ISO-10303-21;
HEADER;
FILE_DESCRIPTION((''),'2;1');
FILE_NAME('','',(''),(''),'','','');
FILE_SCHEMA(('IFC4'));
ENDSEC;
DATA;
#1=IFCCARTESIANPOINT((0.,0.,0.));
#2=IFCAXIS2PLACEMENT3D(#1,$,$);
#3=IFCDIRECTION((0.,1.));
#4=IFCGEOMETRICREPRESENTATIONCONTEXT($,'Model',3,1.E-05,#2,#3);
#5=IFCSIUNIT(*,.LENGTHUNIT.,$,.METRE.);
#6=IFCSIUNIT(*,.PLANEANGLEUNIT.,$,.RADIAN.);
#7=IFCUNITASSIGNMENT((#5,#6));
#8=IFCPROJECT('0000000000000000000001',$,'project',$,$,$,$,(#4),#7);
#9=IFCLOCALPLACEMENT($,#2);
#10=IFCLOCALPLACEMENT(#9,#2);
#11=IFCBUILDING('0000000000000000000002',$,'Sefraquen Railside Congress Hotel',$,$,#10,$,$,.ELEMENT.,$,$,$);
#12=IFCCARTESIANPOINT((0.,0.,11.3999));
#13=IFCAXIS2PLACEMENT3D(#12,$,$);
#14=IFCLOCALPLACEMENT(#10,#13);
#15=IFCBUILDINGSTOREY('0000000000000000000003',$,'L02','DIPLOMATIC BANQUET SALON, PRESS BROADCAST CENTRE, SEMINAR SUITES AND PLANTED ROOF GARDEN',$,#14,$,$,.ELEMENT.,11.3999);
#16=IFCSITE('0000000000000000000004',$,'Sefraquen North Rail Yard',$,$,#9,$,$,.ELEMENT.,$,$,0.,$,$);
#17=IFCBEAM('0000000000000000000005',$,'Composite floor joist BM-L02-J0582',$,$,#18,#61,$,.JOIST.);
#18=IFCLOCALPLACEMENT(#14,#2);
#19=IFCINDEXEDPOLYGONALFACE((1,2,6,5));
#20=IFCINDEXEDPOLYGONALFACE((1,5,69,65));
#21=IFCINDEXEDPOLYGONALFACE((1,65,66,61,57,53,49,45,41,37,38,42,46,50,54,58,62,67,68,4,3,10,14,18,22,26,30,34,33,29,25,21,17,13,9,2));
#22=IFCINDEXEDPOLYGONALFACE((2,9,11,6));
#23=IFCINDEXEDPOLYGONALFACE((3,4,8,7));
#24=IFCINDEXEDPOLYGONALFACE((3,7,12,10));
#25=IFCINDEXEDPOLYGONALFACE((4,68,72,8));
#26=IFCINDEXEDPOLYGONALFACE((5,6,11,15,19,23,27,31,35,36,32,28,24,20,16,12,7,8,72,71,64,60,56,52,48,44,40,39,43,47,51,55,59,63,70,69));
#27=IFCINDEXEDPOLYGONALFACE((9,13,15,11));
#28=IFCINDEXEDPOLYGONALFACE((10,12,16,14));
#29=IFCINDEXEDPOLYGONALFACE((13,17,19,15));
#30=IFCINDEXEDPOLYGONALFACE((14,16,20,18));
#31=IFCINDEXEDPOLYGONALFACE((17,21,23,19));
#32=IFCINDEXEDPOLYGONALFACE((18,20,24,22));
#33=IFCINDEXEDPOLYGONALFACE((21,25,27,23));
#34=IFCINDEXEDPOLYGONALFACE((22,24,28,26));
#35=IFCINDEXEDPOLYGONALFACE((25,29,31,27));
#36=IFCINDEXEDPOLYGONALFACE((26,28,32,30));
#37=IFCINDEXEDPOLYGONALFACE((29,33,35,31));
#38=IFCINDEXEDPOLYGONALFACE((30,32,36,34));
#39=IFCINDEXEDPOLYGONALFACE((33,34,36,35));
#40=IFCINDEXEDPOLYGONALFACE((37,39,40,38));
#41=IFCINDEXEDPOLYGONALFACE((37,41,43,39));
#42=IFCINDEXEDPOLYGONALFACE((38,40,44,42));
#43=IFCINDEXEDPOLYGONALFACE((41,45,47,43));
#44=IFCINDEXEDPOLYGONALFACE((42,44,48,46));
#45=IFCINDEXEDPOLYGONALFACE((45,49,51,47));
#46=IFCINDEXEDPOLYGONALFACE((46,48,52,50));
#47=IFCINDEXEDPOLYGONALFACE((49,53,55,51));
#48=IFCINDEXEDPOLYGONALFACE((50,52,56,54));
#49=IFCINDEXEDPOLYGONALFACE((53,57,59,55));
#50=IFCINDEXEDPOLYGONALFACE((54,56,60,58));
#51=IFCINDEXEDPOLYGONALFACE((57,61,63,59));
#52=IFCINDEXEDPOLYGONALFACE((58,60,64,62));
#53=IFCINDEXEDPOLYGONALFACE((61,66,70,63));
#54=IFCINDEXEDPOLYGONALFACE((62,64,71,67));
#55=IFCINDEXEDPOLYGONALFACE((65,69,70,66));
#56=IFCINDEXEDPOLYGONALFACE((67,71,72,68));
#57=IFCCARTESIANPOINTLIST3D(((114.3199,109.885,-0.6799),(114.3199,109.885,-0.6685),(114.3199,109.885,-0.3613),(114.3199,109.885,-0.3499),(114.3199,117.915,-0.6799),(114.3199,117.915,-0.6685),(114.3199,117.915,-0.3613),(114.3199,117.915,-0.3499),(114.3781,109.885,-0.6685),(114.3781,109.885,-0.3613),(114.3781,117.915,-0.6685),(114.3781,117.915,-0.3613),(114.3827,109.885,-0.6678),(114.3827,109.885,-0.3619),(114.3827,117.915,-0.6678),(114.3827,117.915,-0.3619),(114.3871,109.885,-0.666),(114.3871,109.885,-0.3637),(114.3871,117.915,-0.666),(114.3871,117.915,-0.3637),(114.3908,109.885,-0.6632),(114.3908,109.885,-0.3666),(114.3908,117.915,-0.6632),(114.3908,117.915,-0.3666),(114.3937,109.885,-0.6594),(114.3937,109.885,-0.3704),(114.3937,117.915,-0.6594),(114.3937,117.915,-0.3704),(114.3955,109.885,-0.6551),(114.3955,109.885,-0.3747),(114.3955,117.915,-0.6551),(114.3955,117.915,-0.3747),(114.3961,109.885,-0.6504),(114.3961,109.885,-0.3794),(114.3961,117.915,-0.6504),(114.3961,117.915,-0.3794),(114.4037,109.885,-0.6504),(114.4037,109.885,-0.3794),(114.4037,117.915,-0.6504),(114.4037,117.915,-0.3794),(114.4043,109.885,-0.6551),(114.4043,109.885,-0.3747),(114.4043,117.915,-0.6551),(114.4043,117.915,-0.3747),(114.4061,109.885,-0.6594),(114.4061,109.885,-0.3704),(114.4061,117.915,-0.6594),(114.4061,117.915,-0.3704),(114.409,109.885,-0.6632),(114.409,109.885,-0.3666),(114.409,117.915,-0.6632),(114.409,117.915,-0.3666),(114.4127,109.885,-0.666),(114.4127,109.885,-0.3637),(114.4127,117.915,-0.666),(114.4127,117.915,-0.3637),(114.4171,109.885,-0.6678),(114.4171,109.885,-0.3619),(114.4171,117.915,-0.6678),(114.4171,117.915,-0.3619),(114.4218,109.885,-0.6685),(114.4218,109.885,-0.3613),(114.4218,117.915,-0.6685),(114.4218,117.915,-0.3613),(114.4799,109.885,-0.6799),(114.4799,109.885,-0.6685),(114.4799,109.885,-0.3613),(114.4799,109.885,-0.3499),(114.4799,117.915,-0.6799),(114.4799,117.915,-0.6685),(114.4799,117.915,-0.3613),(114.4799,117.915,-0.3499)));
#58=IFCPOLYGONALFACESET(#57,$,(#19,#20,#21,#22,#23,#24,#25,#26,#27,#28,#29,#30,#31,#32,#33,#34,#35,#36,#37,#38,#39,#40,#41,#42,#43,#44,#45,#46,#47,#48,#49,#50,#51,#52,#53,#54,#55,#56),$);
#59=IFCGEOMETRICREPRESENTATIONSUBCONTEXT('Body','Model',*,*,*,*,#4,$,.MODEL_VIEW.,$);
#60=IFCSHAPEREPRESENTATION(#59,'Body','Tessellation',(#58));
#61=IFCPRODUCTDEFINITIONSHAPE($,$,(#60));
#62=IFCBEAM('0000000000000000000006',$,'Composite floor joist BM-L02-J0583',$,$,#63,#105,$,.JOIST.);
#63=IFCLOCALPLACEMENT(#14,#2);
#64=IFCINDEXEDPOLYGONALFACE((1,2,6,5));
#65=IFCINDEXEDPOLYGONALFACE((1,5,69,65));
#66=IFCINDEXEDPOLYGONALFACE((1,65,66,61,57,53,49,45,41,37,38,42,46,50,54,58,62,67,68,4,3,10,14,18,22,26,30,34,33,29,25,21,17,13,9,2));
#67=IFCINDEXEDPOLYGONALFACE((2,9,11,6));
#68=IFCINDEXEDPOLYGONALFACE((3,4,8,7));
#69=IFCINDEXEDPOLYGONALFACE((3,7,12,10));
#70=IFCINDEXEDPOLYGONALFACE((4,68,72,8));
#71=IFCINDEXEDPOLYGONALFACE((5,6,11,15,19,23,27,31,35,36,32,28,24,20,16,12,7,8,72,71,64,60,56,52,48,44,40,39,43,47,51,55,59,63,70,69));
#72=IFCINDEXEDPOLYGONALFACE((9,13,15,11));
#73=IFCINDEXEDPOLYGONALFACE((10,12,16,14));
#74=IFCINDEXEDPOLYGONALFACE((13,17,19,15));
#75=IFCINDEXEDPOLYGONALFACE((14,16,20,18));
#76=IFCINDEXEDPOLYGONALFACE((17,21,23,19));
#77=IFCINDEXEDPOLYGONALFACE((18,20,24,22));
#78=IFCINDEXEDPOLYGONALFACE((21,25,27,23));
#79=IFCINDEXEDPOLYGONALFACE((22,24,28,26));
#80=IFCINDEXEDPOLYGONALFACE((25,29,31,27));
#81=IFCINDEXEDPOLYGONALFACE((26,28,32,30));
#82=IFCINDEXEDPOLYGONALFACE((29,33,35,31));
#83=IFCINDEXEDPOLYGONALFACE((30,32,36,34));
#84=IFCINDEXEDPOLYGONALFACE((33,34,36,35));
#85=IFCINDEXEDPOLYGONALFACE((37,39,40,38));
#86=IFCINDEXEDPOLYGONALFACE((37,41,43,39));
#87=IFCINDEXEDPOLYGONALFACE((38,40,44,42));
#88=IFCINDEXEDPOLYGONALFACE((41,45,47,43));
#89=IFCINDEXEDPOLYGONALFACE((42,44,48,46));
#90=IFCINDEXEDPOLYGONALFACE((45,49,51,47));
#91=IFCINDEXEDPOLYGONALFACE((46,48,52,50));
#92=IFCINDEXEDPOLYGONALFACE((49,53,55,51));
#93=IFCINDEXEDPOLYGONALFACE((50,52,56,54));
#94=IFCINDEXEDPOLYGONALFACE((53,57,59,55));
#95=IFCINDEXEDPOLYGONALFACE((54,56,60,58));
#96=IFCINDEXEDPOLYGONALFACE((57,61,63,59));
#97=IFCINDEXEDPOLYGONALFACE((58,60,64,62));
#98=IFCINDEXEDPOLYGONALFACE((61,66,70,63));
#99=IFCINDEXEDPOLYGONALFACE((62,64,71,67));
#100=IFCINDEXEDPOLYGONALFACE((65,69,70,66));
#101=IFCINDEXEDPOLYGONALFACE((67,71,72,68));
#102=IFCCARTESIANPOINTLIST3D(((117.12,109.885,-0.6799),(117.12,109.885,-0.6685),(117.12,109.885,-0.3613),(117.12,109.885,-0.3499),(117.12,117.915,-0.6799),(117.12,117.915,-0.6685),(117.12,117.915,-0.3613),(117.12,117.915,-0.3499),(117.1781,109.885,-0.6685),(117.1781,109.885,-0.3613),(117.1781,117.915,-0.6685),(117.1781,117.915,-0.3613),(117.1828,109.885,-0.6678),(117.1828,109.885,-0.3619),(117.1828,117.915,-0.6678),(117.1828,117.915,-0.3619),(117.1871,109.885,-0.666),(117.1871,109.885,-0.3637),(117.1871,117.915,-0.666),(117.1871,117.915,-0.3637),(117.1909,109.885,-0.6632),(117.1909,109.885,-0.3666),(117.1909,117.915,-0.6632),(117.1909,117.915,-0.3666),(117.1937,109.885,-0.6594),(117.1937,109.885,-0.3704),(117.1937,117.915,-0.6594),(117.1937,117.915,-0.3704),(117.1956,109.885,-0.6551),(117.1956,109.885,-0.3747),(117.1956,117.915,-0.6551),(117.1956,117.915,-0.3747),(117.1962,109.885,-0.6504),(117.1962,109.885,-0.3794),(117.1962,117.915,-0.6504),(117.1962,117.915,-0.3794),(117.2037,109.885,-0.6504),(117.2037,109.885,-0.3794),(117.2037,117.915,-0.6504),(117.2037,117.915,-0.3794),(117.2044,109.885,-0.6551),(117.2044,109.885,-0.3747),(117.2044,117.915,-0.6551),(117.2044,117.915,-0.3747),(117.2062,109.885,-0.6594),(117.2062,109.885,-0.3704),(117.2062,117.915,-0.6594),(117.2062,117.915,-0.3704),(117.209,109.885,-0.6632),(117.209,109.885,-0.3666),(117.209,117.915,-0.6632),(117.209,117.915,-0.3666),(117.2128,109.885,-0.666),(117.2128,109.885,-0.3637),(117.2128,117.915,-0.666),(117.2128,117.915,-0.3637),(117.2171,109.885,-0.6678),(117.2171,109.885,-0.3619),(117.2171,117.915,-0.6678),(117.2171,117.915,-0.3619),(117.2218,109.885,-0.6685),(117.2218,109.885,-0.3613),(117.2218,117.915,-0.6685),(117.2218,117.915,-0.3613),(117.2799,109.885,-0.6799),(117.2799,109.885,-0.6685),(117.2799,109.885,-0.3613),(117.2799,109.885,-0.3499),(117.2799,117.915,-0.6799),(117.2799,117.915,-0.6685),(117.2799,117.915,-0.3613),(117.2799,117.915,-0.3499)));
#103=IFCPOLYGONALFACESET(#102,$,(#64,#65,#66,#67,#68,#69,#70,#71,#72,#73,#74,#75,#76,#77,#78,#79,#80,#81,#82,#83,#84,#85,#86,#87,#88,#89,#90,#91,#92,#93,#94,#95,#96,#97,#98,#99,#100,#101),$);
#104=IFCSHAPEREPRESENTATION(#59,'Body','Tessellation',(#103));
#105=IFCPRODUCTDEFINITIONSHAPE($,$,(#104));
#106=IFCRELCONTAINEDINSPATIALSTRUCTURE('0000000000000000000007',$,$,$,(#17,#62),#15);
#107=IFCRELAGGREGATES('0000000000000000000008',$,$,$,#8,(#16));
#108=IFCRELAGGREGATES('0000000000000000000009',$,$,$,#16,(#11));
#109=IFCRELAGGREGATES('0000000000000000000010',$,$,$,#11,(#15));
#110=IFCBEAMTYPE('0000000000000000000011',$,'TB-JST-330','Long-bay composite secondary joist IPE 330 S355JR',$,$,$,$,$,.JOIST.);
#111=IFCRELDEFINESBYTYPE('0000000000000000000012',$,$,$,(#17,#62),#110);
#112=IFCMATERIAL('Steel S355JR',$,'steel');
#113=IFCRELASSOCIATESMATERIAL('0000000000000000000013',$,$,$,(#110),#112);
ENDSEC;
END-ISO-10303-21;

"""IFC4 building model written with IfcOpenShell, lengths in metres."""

from ifc_helpers import new_model, si_unit, direction, frame, origin, origin_2d, place, context, subcontext, project, spatial, i_section, extrude, material, material_profile, profile_set, type_object, element, save


model = new_model("IFC4")

# Units and contexts
model_context = context("Model", 3, precision=1e-05, world=origin(), true_north=direction((0.0, 1.0)))
body_context = subcontext(model_context, "Body", "Model", "MODEL_VIEW")
ifc_project = project(units=[si_unit("LENGTHUNIT", "METRE"), si_unit("PLANEANGLEUNIT", "RADIAN")], contexts=[model_context])

# Site, building, storey
site_placement = place(None, origin())
site = spatial("IfcSite", under=ifc_project, at=site_placement, Name="Sefraquen North Rail Yard", CompositionType="ELEMENT", RefElevation=0.0)
building_placement = place(site_placement, origin())
building = spatial("IfcBuilding", under=site, at=building_placement, Name="Sefraquen Railside Congress Hotel", CompositionType="ELEMENT")
storey_placement = place(building_placement, frame((0.0, 0.0, 11.3999)))
storey = spatial("IfcBuildingStorey", under=building, at=storey_placement, Name="L02", Description="DIPLOMATIC BANQUET SALON, PRESS BROADCAST CENTRE, SEMINAR SUITES AND PLANTED ROOF GARDEN", CompositionType="ELEMENT", Elevation=11.3999)

# Shared definitions
ifc_material = material(Name="Steel S355JR", Category="steel")

# Beams
ifc_material_profile_1 = material_profile(ifc_material, i_section(OverallWidth=0.1599, OverallDepth=0.3301, WebThickness=0.0076, FlangeThickness=0.0115, FilletRadius=0.0181, at=origin_2d()), Name="IPE 330")
ifc_profile_set_1 = profile_set([ifc_material_profile_1], Name="Steel S355JR")
beam_type_1 = type_object("IfcBeamType", Name="TB-JST-330", Description="Long-bay composite secondary joist IPE 330 S355JR", PredefinedType="JOIST", material=ifc_profile_set_1)
for number, where, z_axis, x_axis, name in (
    (1, (114.3999, 109.885, -0.5149), (0.0, 1.0, 0.0), (-1.0, 0.0, 0.0), "Composite floor joist BM-L02-J0582"),
    (2, (117.2, 109.885, -0.5149), (0.0, 1.0, 0.0), (-1.0, 0.0, 0.0), "Composite floor joist BM-L02-J0583"),
):
    element("IfcBeam", number, at=place(storey_placement, frame(where, z_axis=z_axis, x_axis=x_axis)), inside=storey, type_object=beam_type_1, Name=name, PredefinedType="JOIST", context=body_context, shape_type="SweptSolid", body=[
        extrude(i_section(OverallWidth=0.1599, OverallDepth=0.3301, WebThickness=0.0076, FlangeThickness=0.0115, FilletRadius=0.0181, at=origin_2d()), origin(), (0.0, 0.0, 1.0), 8.03),
    ])

save(model, "model.ifc")
